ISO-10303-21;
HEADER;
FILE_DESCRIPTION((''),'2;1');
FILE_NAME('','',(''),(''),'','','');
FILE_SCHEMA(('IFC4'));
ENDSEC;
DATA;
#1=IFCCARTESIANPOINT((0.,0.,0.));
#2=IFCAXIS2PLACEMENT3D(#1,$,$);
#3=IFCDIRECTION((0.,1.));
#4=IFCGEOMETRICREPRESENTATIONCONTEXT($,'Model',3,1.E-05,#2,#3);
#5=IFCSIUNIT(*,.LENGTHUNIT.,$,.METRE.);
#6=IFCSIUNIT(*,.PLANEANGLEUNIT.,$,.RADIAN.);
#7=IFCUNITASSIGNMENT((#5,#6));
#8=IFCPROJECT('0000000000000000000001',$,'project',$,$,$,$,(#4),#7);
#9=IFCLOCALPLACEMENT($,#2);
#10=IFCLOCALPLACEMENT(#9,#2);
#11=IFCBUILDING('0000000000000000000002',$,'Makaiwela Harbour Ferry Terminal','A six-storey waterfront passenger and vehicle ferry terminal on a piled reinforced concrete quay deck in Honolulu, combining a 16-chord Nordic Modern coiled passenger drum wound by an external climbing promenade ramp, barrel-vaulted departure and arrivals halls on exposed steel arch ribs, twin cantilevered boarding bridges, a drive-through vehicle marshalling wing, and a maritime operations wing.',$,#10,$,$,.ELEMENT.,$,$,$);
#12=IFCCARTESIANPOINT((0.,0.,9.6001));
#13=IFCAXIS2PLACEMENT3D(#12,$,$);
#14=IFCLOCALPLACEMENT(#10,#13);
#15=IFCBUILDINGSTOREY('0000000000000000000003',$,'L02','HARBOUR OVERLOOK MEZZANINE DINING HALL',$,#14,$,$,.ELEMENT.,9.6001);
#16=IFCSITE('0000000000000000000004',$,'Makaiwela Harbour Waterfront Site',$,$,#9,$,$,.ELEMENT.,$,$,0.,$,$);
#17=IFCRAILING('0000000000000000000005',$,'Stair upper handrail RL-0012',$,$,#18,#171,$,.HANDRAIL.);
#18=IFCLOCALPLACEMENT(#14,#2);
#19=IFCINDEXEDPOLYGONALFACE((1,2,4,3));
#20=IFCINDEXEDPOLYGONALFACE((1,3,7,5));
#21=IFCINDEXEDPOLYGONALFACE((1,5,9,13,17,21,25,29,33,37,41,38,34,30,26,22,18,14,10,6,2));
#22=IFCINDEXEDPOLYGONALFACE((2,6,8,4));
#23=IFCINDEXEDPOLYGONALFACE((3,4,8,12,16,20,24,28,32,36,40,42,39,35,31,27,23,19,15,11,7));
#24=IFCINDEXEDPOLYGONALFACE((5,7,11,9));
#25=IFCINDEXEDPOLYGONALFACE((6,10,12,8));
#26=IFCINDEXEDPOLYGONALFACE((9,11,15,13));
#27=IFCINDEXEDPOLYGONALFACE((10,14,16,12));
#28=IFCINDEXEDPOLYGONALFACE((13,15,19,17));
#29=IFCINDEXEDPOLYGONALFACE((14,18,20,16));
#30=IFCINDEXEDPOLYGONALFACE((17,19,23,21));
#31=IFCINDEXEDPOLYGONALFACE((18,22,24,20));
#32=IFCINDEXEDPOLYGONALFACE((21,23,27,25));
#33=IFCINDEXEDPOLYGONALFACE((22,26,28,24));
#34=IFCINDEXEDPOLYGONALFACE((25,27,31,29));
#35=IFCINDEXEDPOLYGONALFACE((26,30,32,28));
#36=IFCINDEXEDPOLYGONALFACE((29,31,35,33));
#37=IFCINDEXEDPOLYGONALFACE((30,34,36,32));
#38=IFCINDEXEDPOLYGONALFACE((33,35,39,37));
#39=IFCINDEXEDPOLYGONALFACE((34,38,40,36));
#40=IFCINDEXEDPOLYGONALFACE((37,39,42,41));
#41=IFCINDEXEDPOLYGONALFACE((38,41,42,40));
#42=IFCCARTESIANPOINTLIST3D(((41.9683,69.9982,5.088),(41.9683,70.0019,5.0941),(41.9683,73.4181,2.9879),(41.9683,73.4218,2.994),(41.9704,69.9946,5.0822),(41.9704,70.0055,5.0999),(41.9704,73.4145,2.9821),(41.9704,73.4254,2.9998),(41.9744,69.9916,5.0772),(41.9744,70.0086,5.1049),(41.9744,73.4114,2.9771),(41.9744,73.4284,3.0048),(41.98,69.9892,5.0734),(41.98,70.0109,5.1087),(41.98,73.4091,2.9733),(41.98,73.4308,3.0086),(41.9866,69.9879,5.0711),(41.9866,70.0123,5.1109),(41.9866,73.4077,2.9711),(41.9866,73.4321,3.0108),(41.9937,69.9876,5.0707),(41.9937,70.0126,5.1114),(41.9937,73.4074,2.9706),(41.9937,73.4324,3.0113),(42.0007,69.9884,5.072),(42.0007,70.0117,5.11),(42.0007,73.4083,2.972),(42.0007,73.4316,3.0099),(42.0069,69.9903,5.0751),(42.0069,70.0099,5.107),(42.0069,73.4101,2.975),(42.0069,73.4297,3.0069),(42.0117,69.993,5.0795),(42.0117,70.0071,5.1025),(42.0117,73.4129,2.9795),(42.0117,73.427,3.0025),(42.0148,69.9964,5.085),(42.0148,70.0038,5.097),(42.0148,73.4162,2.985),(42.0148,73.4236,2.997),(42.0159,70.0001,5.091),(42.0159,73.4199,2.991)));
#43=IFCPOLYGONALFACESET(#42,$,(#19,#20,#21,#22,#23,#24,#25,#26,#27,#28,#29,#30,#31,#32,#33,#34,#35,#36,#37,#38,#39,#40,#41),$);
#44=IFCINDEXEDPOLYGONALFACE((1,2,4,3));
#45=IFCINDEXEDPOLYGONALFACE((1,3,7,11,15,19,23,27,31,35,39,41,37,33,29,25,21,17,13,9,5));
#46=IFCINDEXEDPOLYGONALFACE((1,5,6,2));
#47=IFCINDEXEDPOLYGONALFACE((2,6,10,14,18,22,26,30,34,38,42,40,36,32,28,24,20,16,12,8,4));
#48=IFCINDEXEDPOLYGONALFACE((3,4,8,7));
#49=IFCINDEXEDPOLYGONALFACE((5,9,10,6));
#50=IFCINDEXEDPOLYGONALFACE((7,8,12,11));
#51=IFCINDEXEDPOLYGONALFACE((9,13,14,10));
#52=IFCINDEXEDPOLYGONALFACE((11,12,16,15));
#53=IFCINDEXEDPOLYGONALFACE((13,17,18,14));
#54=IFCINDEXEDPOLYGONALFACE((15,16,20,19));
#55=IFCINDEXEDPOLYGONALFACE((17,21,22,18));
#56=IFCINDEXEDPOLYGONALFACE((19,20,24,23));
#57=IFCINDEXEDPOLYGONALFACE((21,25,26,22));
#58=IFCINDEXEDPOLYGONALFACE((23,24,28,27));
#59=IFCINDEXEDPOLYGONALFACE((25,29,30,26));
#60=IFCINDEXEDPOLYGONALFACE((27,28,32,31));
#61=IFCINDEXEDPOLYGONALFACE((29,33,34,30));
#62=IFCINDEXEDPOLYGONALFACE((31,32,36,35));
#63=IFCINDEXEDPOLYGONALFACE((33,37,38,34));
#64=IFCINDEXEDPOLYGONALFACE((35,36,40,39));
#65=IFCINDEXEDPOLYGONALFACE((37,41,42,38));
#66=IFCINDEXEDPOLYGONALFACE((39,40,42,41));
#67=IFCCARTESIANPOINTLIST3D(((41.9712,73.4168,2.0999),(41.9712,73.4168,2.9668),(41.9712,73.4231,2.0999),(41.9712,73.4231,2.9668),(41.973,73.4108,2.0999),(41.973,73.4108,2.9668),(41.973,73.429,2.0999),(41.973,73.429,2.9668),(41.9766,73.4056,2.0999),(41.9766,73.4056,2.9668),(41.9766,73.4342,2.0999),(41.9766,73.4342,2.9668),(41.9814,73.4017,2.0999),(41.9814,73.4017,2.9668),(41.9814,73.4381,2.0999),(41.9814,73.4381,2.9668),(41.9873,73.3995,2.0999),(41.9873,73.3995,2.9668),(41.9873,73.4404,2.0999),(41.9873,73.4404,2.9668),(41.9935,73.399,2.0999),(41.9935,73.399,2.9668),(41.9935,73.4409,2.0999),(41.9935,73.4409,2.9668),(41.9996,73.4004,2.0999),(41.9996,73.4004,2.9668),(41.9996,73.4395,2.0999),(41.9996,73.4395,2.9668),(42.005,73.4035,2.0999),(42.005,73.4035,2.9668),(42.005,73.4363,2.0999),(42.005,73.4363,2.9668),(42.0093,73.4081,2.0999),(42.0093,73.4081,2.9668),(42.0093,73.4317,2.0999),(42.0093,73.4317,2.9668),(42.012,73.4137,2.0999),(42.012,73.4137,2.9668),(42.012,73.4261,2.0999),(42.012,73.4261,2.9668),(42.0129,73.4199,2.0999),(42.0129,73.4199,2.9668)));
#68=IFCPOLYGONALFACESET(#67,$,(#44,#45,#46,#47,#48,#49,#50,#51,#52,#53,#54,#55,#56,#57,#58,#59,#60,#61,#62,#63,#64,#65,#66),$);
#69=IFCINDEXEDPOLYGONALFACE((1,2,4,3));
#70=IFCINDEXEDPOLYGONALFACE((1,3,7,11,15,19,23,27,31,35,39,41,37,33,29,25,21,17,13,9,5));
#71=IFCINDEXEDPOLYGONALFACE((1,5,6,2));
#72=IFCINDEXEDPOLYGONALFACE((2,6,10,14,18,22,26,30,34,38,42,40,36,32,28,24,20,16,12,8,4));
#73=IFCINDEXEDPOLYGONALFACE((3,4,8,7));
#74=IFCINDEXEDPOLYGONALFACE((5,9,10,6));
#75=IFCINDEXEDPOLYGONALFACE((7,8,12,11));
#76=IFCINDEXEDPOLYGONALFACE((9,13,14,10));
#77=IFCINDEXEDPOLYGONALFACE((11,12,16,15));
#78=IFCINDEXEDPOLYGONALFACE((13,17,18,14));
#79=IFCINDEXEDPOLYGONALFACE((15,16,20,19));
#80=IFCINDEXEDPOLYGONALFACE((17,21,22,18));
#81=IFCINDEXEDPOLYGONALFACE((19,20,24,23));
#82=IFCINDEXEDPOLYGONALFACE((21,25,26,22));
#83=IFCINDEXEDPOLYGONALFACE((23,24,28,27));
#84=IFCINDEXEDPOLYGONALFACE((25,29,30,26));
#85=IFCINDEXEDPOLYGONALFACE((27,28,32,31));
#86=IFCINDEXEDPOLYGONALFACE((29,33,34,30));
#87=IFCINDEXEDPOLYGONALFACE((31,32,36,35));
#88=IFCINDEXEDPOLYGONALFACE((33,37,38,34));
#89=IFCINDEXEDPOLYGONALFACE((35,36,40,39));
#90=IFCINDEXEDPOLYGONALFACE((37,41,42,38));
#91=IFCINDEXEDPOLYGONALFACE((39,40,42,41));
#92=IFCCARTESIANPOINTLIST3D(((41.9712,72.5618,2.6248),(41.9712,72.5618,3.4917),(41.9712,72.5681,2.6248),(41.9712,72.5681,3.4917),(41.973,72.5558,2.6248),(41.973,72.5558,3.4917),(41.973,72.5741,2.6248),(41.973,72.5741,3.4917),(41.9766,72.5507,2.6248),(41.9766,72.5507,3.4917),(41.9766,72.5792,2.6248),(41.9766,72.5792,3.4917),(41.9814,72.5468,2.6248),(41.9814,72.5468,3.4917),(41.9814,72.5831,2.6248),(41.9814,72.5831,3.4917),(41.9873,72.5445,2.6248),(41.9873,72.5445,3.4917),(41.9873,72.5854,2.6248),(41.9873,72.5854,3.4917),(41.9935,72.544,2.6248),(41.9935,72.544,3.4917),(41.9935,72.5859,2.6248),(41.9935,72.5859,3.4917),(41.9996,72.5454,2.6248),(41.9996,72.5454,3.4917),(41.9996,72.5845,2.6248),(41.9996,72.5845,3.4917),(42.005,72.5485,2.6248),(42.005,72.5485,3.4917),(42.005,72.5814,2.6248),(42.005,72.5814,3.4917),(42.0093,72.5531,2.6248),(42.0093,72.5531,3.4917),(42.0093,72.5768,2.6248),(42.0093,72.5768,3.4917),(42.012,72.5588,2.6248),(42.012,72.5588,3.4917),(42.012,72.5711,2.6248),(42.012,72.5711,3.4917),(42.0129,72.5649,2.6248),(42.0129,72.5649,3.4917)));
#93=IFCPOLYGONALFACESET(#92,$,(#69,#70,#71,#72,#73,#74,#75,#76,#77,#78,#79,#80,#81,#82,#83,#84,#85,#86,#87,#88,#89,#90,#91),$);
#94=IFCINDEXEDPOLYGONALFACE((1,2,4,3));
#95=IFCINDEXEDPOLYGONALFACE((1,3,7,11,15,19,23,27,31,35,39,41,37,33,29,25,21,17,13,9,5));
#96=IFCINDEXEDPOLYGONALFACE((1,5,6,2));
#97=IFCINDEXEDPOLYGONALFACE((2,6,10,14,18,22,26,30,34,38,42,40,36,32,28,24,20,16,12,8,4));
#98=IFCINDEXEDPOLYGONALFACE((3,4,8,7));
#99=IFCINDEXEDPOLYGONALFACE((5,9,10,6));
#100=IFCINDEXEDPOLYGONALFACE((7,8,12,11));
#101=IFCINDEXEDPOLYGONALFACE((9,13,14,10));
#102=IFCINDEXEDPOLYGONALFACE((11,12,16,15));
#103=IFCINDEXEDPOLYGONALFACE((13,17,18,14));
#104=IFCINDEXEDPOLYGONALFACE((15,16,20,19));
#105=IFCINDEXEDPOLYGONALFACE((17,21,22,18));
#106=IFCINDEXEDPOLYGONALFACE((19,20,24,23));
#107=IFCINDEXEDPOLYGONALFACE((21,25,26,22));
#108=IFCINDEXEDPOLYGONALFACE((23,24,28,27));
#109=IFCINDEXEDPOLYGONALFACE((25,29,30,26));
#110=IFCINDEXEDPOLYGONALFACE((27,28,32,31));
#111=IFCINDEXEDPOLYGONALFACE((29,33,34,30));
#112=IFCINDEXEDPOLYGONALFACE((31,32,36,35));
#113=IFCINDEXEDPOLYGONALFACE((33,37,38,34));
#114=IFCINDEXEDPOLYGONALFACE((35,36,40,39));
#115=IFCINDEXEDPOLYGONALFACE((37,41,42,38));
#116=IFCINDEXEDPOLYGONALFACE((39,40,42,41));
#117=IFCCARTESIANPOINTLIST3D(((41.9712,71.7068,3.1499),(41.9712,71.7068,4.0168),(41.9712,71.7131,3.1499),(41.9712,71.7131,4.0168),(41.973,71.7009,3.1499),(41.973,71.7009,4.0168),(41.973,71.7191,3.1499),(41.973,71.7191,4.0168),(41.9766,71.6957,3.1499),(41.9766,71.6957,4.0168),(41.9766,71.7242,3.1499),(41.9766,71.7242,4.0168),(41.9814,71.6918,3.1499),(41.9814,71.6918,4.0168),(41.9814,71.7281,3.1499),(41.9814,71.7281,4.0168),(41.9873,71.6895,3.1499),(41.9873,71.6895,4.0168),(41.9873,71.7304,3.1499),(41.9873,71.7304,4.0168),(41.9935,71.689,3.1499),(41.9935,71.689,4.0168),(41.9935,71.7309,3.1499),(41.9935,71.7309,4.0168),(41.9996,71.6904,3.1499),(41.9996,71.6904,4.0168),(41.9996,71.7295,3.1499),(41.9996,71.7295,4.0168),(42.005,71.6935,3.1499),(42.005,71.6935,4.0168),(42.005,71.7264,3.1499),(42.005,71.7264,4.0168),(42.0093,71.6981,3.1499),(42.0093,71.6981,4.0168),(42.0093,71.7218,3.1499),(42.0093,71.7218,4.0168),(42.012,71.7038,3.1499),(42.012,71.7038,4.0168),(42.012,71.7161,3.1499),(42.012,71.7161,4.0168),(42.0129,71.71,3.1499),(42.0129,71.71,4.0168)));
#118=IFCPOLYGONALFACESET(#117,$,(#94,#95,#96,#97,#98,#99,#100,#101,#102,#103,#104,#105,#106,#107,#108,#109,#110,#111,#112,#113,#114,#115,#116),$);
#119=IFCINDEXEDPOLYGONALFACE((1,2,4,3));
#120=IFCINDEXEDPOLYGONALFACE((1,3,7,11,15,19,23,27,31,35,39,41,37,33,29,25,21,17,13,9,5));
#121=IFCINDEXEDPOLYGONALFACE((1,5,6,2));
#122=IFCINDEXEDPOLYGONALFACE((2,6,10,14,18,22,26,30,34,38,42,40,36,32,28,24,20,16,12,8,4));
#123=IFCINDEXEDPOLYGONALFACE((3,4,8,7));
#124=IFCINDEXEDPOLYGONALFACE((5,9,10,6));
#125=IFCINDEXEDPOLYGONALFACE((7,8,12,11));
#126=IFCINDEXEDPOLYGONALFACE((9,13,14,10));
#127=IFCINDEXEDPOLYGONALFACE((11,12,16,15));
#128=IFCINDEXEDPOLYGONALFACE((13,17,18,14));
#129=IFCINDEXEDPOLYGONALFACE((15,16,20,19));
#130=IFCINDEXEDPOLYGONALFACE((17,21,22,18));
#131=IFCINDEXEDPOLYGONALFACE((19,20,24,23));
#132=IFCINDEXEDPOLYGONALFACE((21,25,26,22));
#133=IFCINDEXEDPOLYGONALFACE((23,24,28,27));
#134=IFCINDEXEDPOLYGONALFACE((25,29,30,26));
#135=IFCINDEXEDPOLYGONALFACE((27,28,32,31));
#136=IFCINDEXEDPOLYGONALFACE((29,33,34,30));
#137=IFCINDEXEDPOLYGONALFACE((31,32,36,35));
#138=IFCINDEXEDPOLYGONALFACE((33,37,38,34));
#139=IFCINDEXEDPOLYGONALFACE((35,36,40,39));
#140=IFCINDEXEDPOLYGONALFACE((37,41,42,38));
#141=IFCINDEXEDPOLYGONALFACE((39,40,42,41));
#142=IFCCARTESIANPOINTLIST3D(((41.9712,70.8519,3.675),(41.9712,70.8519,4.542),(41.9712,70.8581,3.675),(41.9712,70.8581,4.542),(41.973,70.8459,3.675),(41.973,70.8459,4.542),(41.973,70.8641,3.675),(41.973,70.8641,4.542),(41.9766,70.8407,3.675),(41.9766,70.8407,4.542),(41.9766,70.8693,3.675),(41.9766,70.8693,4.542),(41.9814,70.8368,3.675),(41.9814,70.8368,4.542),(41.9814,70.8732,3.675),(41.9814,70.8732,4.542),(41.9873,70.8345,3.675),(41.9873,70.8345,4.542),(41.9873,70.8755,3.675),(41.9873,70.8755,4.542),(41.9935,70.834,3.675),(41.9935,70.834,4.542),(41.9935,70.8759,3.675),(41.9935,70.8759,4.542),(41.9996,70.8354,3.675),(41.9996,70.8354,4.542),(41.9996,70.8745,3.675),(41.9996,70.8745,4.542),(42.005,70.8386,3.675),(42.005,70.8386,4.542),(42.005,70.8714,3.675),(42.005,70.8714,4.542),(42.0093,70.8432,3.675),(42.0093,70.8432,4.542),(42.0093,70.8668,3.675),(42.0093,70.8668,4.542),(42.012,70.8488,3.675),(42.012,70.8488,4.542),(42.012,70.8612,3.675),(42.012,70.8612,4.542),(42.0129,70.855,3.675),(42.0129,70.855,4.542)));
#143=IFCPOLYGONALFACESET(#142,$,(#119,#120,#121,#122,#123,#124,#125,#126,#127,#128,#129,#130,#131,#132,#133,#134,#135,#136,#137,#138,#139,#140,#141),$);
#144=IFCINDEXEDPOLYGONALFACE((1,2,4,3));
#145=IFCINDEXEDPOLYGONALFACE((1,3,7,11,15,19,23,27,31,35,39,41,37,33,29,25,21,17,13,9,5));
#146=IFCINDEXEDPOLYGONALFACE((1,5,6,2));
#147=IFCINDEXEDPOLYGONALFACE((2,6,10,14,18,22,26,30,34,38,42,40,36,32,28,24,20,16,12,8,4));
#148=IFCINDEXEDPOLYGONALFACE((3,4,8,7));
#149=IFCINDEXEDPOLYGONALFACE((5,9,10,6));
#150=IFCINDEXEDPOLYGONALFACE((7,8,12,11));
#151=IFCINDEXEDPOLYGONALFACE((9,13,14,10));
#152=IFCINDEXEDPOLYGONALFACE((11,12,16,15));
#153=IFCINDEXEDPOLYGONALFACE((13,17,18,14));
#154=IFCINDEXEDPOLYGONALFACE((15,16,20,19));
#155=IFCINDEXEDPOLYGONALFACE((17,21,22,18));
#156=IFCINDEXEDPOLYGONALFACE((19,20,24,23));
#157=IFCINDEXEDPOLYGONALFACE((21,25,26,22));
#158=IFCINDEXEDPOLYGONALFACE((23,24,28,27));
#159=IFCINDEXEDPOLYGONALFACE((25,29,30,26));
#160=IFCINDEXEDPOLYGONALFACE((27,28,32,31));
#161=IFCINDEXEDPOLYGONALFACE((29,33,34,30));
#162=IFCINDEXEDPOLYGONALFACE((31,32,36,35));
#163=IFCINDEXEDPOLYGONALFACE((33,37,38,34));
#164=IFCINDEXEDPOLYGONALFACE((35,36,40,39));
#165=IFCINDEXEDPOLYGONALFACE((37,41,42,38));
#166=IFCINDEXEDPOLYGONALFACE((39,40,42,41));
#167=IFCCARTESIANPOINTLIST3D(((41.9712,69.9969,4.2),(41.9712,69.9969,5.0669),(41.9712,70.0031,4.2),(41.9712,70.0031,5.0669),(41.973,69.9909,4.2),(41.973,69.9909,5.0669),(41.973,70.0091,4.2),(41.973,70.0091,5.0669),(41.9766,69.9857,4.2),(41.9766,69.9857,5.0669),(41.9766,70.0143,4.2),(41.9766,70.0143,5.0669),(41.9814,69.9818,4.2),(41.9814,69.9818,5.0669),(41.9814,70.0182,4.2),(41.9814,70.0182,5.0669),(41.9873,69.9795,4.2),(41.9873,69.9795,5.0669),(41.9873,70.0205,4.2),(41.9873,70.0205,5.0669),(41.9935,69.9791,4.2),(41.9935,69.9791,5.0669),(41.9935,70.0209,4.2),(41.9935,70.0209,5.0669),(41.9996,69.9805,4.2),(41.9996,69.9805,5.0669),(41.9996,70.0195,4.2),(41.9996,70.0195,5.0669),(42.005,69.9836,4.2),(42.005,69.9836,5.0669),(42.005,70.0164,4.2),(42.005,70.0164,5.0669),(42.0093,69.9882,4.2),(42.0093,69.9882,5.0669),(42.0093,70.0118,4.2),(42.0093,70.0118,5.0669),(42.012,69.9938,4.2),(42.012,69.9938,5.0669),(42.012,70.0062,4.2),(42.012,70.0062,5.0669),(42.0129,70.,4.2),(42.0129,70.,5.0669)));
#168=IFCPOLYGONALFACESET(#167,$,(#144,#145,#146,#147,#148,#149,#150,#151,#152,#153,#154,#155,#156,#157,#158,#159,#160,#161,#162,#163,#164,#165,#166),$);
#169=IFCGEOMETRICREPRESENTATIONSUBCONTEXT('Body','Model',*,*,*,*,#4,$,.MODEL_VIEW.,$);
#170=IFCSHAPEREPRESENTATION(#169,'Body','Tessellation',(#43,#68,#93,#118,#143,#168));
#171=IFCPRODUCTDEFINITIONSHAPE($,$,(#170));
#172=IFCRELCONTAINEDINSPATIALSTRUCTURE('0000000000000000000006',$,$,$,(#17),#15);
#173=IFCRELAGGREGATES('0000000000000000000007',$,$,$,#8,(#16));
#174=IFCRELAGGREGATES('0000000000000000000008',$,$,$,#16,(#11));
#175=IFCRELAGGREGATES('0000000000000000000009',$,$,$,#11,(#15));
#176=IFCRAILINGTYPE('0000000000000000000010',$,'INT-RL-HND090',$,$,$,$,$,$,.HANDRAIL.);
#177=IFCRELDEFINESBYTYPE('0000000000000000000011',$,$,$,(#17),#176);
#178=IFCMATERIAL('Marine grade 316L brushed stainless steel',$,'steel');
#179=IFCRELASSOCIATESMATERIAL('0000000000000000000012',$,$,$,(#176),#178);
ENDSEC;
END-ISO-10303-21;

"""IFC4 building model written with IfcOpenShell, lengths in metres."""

from ifc_helpers import new_model, si_unit, direction, frame, origin, origin_2d, place, context, subcontext, project, spatial, circle, extrude, material, type_object, element, save


model = new_model("IFC4")

# Units and contexts
model_context = context("Model", 3, precision=1e-05, world=origin(), true_north=direction((0.0, 1.0)))
body_context = subcontext(model_context, "Body", "Model", "MODEL_VIEW")
ifc_project = project(units=[si_unit("LENGTHUNIT", "METRE"), si_unit("PLANEANGLEUNIT", "RADIAN")], contexts=[model_context])

# Site, building, storey
site_placement = place(None, origin())
site = spatial("IfcSite", under=ifc_project, at=site_placement, Name="Makaiwela Harbour Waterfront Site", CompositionType="ELEMENT", RefElevation=0.0)
building_placement = place(site_placement, origin())
building = spatial("IfcBuilding", under=site, at=building_placement, Name="Makaiwela Harbour Ferry Terminal", Description="A six-storey waterfront passenger and vehicle ferry terminal on a piled reinforced concrete quay deck in Honolulu, combining a 16-chord Nordic Modern coiled passenger drum wound by an external climbing promenade ramp, barrel-vaulted departure and arrivals halls on exposed steel arch ribs, twin cantilevered boarding bridges, a drive-through vehicle marshalling wing, and a maritime operations wing.", CompositionType="ELEMENT")
storey_placement = place(building_placement, frame((0.0, 0.0, 9.6001)))
storey = spatial("IfcBuildingStorey", under=building, at=storey_placement, Name="L02", Description="HARBOUR OVERLOOK MEZZANINE DINING HALL", CompositionType="ELEMENT", Elevation=9.6001)

# Railing
ifc_material_1 = material(Name="Marine grade 316L brushed stainless steel", Category="steel")
railing_type_1 = type_object("IfcRailingType", Name="INT-RL-HND090", PredefinedType="HANDRAIL", material=ifc_material_1)
railing_1_placement = place(storey_placement, frame((41.9919, 73.4199, 2.0999)))
element("IfcRailing", 1, at=railing_1_placement, inside=storey, type_object=railing_type_1, Name="Stair upper handrail RL-0012", PredefinedType="HANDRAIL", context=body_context, shape_type="SweptSolid", body=[
    extrude(circle(Radius=0.0239, at=origin_2d()), frame((0.0, 0.0, 0.8911), z_axis=(0.0, -0.852155, 0.523289), x_axis=(1.0, 0.0, 0.0)), (0.0, 0.0, 1.0), 4.0132),
    extrude(circle(Radius=0.021, at=origin_2d()), origin(), (0.0, 0.0, 1.0), 0.8669),
    extrude(circle(Radius=0.021, at=origin_2d()), frame((0.0, -0.855, 0.5249)), (0.0, 0.0, 1.0), 0.8669),
    extrude(circle(Radius=0.021, at=origin_2d()), frame((0.0, -1.71, 1.05)), (0.0, 0.0, 1.0), 0.8669),
    extrude(circle(Radius=0.021, at=origin_2d()), frame((0.0, -2.5649, 1.5752)), (0.0, 0.0, 1.0), 0.8669),
    extrude(circle(Radius=0.021, at=origin_2d()), frame((0.0, -3.4199, 2.1001)), (0.0, 0.0, 1.0), 0.8669),
])

save(model, "model.ifc")
